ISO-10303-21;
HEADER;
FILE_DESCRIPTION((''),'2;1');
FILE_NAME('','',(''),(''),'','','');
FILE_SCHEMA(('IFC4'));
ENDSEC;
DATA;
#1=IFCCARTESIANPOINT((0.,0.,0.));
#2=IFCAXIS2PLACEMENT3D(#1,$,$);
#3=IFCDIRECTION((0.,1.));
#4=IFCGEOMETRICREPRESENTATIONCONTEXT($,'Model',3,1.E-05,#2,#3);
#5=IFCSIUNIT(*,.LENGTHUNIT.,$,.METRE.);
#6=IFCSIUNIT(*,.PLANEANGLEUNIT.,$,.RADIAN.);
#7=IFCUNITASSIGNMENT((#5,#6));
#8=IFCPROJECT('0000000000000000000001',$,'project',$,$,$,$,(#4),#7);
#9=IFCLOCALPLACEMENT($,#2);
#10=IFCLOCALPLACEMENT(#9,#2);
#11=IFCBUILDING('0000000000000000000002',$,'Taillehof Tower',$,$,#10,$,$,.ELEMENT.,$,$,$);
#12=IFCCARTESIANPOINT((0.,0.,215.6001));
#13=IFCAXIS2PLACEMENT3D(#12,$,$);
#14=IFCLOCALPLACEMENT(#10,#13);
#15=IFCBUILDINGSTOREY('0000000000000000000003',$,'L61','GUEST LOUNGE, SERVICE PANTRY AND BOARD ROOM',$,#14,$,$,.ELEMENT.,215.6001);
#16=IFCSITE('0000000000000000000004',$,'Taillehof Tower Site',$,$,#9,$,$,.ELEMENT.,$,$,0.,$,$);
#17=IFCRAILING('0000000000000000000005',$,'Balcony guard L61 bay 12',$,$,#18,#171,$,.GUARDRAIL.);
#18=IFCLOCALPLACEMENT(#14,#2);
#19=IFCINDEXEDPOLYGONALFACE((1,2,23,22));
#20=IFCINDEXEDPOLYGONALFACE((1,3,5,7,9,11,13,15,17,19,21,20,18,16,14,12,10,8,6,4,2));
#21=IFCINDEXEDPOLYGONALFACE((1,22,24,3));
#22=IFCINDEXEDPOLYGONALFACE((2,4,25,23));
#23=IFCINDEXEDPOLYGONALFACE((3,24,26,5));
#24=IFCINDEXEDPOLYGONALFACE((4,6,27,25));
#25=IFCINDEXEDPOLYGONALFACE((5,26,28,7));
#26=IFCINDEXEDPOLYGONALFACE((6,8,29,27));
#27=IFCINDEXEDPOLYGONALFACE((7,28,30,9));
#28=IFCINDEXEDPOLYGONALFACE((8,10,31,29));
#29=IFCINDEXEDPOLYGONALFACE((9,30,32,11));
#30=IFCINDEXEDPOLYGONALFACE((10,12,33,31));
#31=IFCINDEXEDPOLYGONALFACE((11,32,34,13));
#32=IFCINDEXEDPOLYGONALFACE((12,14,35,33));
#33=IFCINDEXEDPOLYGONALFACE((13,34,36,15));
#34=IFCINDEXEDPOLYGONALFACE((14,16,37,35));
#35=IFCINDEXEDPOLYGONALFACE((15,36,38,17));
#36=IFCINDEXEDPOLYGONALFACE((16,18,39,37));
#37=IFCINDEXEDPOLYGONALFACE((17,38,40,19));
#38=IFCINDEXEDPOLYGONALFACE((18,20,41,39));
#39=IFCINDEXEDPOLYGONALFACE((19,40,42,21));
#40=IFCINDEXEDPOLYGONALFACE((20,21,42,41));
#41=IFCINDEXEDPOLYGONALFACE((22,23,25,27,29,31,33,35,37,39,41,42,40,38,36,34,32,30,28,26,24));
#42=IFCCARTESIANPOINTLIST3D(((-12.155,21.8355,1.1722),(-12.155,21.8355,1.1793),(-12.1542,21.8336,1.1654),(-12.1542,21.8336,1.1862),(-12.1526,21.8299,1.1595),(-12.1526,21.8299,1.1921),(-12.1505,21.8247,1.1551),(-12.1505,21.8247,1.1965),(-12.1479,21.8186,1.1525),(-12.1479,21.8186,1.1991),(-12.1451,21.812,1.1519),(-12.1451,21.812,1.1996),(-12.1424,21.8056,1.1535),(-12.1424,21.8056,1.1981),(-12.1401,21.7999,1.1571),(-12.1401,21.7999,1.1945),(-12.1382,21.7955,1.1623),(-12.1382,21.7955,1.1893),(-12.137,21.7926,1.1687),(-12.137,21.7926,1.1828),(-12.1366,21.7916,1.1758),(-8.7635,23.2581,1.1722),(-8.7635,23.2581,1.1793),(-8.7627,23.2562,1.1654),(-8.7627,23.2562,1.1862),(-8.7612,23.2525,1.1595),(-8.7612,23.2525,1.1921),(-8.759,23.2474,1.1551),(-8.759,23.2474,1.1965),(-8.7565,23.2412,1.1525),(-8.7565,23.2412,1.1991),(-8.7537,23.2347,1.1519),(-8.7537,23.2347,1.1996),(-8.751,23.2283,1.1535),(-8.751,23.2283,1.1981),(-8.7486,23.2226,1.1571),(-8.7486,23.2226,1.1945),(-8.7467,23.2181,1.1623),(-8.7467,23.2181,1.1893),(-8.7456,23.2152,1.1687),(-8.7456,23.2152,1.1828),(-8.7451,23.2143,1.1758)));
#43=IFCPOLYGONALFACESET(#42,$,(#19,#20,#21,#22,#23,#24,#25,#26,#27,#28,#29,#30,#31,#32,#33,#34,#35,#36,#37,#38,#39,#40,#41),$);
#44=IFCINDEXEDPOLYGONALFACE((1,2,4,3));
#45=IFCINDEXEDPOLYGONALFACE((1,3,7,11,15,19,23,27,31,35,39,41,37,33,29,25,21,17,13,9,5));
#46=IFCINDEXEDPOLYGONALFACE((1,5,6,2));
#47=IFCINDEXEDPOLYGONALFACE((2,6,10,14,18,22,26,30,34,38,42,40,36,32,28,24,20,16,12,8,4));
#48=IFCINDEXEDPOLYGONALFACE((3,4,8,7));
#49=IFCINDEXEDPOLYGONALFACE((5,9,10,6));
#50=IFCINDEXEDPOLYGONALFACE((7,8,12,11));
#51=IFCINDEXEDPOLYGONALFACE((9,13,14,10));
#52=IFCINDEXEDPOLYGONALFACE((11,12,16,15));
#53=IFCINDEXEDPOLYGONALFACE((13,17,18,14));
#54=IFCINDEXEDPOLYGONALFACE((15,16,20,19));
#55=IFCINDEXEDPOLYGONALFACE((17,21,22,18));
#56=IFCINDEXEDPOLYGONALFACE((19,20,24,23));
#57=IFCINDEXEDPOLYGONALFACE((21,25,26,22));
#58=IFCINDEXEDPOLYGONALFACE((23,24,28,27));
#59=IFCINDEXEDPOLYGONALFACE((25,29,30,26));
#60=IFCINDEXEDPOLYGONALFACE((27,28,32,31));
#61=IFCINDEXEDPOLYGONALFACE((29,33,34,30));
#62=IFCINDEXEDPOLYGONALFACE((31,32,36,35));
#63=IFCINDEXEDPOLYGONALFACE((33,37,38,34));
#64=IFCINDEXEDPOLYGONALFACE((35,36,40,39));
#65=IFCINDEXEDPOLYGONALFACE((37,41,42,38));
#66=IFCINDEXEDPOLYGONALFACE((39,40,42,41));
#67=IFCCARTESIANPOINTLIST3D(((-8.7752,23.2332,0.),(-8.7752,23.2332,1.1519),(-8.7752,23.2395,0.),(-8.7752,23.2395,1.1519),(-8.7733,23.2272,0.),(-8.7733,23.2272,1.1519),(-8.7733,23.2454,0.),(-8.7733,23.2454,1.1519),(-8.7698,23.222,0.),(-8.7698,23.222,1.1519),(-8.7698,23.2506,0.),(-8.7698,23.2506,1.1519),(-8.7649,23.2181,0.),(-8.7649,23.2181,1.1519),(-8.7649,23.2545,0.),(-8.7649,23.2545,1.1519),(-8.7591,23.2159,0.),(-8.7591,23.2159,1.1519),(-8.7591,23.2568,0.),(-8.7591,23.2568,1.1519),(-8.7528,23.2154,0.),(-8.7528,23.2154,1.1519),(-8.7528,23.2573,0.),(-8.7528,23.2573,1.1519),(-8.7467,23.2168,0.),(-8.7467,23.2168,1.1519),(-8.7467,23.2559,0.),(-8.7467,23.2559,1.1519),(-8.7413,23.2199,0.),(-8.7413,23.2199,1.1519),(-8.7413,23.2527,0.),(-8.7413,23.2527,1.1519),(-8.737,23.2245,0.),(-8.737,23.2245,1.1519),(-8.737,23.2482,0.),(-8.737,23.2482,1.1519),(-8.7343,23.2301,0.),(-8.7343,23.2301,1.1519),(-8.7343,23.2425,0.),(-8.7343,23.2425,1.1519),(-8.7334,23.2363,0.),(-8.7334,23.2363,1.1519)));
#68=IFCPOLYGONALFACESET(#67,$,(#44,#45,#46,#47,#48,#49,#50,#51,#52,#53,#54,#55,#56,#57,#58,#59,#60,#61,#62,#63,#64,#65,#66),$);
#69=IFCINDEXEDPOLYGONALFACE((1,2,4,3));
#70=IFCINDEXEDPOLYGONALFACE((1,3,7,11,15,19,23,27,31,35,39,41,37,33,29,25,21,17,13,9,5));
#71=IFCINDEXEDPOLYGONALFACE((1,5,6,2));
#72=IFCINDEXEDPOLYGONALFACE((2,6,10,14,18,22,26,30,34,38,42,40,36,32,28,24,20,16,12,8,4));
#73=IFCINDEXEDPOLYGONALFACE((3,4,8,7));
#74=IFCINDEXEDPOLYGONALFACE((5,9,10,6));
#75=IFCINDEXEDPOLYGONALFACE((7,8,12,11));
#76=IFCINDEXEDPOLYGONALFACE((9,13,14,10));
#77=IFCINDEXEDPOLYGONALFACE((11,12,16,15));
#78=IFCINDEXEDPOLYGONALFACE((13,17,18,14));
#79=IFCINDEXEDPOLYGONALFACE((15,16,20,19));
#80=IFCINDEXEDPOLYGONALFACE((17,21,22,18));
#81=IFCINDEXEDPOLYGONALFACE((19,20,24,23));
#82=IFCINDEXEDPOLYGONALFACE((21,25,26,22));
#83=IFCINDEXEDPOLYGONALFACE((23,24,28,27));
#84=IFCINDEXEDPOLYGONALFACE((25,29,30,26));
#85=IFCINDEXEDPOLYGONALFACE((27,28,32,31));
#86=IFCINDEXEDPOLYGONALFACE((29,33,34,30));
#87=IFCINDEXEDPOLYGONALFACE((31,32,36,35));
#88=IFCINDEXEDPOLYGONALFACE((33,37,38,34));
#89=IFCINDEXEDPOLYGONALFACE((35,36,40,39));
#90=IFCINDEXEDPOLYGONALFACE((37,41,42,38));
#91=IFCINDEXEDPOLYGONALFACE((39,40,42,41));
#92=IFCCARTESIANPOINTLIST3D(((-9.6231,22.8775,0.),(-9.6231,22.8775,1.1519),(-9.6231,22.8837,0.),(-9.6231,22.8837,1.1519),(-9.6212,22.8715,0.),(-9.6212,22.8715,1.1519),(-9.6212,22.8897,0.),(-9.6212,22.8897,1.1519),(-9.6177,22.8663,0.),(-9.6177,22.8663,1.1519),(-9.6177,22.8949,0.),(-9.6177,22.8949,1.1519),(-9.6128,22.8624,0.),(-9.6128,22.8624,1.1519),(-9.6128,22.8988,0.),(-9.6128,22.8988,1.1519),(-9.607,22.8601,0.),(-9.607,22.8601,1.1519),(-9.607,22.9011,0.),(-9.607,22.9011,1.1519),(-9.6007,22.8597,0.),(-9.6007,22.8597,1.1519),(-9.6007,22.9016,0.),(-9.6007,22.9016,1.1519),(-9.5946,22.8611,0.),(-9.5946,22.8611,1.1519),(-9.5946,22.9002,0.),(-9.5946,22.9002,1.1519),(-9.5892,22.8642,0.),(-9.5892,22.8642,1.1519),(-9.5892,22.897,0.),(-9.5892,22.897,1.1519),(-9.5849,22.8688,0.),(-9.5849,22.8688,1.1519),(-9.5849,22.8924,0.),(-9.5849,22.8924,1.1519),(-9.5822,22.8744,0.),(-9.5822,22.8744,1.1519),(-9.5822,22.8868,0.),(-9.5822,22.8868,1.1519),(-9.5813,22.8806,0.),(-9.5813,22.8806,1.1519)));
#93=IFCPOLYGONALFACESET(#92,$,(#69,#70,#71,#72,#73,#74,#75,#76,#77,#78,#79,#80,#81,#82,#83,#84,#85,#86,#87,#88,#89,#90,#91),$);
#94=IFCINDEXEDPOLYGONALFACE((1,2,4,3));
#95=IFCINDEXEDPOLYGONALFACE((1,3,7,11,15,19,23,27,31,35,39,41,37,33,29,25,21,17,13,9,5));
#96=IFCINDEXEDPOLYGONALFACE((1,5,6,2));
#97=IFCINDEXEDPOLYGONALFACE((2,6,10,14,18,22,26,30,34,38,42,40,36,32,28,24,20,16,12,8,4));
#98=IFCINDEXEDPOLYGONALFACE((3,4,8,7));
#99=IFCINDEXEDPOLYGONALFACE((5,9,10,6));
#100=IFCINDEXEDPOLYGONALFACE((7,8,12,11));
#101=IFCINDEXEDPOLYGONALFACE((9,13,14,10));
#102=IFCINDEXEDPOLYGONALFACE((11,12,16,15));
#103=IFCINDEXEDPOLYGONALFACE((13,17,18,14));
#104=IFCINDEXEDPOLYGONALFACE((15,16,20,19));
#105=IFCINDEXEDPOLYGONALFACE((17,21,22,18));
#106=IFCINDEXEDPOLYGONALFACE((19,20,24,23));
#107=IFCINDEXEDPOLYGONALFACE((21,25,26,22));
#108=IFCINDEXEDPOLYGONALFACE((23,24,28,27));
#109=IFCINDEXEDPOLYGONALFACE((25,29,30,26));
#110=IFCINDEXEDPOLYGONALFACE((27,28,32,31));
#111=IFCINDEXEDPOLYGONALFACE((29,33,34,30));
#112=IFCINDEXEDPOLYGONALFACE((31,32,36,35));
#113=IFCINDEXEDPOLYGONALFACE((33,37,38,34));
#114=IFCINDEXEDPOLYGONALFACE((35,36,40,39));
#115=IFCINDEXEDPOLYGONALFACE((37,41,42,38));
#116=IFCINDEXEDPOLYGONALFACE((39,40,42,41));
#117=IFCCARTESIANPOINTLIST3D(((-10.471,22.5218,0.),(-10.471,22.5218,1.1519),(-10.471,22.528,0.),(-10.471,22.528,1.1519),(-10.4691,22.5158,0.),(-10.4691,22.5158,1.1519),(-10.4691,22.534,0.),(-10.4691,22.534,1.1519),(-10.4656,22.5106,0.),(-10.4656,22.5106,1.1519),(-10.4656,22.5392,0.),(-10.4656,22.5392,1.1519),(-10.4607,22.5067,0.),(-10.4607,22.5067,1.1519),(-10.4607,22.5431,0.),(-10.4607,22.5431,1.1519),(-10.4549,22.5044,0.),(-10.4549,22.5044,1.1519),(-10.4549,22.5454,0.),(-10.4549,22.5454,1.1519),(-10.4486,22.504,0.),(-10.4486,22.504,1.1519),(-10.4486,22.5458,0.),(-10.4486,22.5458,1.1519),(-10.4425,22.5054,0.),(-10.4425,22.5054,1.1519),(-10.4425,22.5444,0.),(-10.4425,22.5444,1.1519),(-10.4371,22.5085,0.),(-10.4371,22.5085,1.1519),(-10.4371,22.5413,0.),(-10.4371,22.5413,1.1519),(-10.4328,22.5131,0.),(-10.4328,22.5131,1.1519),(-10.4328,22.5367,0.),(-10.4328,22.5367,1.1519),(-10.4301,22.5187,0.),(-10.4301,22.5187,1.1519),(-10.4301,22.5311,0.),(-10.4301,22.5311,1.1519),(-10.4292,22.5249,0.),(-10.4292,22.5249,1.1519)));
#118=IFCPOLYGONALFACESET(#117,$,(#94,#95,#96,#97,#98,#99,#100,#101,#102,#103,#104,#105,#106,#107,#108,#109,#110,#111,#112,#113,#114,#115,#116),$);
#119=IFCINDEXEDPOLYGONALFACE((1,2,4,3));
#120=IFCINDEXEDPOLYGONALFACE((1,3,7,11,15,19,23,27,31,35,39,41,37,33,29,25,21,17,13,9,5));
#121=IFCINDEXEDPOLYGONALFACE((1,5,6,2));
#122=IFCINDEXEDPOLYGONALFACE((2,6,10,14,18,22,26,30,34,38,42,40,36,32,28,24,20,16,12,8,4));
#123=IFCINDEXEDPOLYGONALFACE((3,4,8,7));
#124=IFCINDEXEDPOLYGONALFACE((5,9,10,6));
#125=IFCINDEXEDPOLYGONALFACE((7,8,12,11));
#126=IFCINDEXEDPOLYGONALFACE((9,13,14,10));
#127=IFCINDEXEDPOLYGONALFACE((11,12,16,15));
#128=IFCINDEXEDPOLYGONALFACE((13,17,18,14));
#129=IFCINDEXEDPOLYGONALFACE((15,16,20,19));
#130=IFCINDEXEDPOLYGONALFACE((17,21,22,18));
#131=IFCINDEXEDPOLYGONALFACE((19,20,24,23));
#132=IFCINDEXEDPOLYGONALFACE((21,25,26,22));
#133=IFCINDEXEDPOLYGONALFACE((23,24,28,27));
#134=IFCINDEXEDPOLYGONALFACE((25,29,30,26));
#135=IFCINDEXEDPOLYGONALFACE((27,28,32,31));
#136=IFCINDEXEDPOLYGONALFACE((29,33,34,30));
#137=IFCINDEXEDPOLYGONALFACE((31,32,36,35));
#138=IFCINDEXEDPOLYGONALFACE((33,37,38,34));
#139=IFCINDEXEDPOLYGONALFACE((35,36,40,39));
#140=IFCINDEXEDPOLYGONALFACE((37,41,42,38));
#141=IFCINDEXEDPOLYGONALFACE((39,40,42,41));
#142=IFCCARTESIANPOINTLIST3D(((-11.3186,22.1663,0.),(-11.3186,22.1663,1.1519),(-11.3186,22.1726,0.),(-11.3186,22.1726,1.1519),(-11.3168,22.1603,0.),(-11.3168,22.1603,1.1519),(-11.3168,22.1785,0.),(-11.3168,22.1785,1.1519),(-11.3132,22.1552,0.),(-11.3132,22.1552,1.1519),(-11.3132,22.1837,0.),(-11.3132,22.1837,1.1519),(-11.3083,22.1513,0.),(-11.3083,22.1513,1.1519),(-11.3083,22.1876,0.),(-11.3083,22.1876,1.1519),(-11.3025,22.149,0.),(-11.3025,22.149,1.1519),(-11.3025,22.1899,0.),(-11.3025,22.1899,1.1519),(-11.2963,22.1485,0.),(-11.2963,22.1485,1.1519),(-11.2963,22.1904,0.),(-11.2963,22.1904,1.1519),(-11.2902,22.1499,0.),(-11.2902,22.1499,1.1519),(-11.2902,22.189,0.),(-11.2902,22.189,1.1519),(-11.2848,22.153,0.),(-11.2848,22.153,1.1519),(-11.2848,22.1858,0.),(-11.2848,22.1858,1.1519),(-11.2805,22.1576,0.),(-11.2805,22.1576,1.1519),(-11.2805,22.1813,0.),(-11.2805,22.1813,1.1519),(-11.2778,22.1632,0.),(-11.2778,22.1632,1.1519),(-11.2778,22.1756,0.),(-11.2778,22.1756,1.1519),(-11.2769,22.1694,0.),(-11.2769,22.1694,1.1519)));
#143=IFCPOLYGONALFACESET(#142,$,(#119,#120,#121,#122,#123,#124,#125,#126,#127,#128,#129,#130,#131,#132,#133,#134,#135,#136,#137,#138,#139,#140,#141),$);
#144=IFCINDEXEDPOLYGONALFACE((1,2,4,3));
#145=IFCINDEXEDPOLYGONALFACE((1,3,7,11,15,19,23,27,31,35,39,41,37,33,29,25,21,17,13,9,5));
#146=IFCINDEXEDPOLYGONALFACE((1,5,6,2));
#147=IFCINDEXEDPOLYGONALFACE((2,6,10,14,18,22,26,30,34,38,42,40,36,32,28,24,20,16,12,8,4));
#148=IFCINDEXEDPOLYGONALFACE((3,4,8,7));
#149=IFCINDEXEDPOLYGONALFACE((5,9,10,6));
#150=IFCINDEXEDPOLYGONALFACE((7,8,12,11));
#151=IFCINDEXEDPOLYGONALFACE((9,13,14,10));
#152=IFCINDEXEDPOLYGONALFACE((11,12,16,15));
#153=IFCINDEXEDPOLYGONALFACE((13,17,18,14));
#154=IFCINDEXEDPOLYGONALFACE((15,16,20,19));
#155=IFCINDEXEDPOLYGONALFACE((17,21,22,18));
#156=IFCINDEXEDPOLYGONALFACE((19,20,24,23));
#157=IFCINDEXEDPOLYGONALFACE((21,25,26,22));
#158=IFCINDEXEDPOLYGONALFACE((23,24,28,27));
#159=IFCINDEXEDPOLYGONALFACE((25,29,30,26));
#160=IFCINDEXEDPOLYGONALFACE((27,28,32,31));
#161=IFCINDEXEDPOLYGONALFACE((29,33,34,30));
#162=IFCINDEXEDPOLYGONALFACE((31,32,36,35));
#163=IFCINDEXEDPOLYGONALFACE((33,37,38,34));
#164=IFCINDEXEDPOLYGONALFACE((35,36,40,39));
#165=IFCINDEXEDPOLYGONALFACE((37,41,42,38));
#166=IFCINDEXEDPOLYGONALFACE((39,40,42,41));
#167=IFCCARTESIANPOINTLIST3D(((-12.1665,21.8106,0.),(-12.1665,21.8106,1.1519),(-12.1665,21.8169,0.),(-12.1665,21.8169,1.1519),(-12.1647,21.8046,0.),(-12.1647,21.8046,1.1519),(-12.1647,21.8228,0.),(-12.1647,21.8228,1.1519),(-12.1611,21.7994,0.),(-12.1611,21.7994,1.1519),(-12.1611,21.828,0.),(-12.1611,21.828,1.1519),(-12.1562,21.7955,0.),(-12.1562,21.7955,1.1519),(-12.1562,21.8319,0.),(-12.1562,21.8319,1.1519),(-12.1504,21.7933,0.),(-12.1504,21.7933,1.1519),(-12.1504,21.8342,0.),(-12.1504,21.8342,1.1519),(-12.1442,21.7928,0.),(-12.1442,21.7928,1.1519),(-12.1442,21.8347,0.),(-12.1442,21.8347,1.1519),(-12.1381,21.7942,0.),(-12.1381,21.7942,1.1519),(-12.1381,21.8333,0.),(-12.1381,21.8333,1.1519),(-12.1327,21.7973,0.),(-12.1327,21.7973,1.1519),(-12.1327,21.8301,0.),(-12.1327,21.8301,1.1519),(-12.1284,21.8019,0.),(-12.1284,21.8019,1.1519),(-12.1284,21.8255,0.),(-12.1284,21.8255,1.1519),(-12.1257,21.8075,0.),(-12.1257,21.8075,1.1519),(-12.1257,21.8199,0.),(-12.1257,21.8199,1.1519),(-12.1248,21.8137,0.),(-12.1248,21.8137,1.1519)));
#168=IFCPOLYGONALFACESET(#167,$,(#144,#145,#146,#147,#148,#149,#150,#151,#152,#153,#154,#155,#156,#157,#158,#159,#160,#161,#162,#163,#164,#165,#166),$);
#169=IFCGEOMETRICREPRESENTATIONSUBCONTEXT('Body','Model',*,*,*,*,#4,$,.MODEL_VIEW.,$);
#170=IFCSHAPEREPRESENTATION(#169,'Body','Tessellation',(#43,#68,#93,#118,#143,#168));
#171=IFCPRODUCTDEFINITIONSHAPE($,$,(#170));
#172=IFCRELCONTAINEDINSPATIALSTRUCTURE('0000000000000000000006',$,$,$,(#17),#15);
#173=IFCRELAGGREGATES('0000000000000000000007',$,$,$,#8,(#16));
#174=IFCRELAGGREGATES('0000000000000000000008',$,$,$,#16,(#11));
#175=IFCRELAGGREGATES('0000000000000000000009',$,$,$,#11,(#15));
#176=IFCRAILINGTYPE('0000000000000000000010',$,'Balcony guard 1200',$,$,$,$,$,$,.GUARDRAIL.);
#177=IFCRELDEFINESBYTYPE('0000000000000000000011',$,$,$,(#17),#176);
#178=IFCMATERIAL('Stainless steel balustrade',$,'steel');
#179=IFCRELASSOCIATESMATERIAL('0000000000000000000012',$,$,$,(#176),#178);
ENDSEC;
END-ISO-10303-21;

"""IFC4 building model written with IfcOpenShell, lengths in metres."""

from ifc_helpers import new_model, si_unit, direction, frame, origin, origin_2d, place, context, subcontext, project, spatial, circle, extrude, material, type_object, element, save


model = new_model("IFC4")

# Units and contexts
model_context = context("Model", 3, precision=1e-05, world=origin(), true_north=direction((0.0, 1.0)))
body_context = subcontext(model_context, "Body", "Model", "MODEL_VIEW")
ifc_project = project(units=[si_unit("LENGTHUNIT", "METRE"), si_unit("PLANEANGLEUNIT", "RADIAN")], contexts=[model_context])

# Site, building, storey
site_placement = place(None, origin())
site = spatial("IfcSite", under=ifc_project, at=site_placement, Name="Taillehof Tower Site", CompositionType="ELEMENT", RefElevation=0.0)
building_placement = place(site_placement, origin())
building = spatial("IfcBuilding", under=site, at=building_placement, Name="Taillehof Tower", CompositionType="ELEMENT")
storey_placement = place(building_placement, frame((0.0, 0.0, 215.6001)))
storey = spatial("IfcBuildingStorey", under=building, at=storey_placement, Name="L61", Description="GUEST LOUNGE, SERVICE PANTRY AND BOARD ROOM", CompositionType="ELEMENT", Elevation=215.6001)

# Railing
ifc_material_1 = material(Name="Stainless steel balustrade", Category="steel")
railing_type = type_object("IfcRailingType", Name="Balcony guard 1200", PredefinedType="GUARDRAIL", material=ifc_material_1)
railing_placement = place(storey_placement, frame((-8.7544, 23.2363, 0.0)))
element("IfcRailing", 1, at=railing_placement, inside=storey, type_object=railing_type, Name="Balcony guard L61 bay 12", PredefinedType="GUARDRAIL", context=body_context, shape_type="SweptSolid", body=[
    extrude(circle(Radius=0.0239, at=origin_2d()), frame((0.0, 0.0, 1.1758), z_axis=(-0.922153, -0.386825, 0.0), x_axis=(0.386825, -0.922153, 0.0)), (0.0, 0.0, 1.0), 3.6777),
    extrude(circle(Radius=0.021, at=origin_2d()), origin(), (0.0, 0.0, 1.0), 1.1519),
    extrude(circle(Radius=0.021, at=origin_2d()), frame((-0.8479, -0.3557, 0.0)), (0.0, 0.0, 1.0), 1.1519),
    extrude(circle(Radius=0.021, at=origin_2d()), frame((-1.6958, -0.7114, 0.0)), (0.0, 0.0, 1.0), 1.1519),
    extrude(circle(Radius=0.021, at=origin_2d()), frame((-2.5435, -1.0669, 0.0)), (0.0, 0.0, 1.0), 1.1519),
    extrude(circle(Radius=0.021, at=origin_2d()), frame((-3.3914, -1.4226, 0.0)), (0.0, 0.0, 1.0), 1.1519),
])

save(model, "model.ifc")
